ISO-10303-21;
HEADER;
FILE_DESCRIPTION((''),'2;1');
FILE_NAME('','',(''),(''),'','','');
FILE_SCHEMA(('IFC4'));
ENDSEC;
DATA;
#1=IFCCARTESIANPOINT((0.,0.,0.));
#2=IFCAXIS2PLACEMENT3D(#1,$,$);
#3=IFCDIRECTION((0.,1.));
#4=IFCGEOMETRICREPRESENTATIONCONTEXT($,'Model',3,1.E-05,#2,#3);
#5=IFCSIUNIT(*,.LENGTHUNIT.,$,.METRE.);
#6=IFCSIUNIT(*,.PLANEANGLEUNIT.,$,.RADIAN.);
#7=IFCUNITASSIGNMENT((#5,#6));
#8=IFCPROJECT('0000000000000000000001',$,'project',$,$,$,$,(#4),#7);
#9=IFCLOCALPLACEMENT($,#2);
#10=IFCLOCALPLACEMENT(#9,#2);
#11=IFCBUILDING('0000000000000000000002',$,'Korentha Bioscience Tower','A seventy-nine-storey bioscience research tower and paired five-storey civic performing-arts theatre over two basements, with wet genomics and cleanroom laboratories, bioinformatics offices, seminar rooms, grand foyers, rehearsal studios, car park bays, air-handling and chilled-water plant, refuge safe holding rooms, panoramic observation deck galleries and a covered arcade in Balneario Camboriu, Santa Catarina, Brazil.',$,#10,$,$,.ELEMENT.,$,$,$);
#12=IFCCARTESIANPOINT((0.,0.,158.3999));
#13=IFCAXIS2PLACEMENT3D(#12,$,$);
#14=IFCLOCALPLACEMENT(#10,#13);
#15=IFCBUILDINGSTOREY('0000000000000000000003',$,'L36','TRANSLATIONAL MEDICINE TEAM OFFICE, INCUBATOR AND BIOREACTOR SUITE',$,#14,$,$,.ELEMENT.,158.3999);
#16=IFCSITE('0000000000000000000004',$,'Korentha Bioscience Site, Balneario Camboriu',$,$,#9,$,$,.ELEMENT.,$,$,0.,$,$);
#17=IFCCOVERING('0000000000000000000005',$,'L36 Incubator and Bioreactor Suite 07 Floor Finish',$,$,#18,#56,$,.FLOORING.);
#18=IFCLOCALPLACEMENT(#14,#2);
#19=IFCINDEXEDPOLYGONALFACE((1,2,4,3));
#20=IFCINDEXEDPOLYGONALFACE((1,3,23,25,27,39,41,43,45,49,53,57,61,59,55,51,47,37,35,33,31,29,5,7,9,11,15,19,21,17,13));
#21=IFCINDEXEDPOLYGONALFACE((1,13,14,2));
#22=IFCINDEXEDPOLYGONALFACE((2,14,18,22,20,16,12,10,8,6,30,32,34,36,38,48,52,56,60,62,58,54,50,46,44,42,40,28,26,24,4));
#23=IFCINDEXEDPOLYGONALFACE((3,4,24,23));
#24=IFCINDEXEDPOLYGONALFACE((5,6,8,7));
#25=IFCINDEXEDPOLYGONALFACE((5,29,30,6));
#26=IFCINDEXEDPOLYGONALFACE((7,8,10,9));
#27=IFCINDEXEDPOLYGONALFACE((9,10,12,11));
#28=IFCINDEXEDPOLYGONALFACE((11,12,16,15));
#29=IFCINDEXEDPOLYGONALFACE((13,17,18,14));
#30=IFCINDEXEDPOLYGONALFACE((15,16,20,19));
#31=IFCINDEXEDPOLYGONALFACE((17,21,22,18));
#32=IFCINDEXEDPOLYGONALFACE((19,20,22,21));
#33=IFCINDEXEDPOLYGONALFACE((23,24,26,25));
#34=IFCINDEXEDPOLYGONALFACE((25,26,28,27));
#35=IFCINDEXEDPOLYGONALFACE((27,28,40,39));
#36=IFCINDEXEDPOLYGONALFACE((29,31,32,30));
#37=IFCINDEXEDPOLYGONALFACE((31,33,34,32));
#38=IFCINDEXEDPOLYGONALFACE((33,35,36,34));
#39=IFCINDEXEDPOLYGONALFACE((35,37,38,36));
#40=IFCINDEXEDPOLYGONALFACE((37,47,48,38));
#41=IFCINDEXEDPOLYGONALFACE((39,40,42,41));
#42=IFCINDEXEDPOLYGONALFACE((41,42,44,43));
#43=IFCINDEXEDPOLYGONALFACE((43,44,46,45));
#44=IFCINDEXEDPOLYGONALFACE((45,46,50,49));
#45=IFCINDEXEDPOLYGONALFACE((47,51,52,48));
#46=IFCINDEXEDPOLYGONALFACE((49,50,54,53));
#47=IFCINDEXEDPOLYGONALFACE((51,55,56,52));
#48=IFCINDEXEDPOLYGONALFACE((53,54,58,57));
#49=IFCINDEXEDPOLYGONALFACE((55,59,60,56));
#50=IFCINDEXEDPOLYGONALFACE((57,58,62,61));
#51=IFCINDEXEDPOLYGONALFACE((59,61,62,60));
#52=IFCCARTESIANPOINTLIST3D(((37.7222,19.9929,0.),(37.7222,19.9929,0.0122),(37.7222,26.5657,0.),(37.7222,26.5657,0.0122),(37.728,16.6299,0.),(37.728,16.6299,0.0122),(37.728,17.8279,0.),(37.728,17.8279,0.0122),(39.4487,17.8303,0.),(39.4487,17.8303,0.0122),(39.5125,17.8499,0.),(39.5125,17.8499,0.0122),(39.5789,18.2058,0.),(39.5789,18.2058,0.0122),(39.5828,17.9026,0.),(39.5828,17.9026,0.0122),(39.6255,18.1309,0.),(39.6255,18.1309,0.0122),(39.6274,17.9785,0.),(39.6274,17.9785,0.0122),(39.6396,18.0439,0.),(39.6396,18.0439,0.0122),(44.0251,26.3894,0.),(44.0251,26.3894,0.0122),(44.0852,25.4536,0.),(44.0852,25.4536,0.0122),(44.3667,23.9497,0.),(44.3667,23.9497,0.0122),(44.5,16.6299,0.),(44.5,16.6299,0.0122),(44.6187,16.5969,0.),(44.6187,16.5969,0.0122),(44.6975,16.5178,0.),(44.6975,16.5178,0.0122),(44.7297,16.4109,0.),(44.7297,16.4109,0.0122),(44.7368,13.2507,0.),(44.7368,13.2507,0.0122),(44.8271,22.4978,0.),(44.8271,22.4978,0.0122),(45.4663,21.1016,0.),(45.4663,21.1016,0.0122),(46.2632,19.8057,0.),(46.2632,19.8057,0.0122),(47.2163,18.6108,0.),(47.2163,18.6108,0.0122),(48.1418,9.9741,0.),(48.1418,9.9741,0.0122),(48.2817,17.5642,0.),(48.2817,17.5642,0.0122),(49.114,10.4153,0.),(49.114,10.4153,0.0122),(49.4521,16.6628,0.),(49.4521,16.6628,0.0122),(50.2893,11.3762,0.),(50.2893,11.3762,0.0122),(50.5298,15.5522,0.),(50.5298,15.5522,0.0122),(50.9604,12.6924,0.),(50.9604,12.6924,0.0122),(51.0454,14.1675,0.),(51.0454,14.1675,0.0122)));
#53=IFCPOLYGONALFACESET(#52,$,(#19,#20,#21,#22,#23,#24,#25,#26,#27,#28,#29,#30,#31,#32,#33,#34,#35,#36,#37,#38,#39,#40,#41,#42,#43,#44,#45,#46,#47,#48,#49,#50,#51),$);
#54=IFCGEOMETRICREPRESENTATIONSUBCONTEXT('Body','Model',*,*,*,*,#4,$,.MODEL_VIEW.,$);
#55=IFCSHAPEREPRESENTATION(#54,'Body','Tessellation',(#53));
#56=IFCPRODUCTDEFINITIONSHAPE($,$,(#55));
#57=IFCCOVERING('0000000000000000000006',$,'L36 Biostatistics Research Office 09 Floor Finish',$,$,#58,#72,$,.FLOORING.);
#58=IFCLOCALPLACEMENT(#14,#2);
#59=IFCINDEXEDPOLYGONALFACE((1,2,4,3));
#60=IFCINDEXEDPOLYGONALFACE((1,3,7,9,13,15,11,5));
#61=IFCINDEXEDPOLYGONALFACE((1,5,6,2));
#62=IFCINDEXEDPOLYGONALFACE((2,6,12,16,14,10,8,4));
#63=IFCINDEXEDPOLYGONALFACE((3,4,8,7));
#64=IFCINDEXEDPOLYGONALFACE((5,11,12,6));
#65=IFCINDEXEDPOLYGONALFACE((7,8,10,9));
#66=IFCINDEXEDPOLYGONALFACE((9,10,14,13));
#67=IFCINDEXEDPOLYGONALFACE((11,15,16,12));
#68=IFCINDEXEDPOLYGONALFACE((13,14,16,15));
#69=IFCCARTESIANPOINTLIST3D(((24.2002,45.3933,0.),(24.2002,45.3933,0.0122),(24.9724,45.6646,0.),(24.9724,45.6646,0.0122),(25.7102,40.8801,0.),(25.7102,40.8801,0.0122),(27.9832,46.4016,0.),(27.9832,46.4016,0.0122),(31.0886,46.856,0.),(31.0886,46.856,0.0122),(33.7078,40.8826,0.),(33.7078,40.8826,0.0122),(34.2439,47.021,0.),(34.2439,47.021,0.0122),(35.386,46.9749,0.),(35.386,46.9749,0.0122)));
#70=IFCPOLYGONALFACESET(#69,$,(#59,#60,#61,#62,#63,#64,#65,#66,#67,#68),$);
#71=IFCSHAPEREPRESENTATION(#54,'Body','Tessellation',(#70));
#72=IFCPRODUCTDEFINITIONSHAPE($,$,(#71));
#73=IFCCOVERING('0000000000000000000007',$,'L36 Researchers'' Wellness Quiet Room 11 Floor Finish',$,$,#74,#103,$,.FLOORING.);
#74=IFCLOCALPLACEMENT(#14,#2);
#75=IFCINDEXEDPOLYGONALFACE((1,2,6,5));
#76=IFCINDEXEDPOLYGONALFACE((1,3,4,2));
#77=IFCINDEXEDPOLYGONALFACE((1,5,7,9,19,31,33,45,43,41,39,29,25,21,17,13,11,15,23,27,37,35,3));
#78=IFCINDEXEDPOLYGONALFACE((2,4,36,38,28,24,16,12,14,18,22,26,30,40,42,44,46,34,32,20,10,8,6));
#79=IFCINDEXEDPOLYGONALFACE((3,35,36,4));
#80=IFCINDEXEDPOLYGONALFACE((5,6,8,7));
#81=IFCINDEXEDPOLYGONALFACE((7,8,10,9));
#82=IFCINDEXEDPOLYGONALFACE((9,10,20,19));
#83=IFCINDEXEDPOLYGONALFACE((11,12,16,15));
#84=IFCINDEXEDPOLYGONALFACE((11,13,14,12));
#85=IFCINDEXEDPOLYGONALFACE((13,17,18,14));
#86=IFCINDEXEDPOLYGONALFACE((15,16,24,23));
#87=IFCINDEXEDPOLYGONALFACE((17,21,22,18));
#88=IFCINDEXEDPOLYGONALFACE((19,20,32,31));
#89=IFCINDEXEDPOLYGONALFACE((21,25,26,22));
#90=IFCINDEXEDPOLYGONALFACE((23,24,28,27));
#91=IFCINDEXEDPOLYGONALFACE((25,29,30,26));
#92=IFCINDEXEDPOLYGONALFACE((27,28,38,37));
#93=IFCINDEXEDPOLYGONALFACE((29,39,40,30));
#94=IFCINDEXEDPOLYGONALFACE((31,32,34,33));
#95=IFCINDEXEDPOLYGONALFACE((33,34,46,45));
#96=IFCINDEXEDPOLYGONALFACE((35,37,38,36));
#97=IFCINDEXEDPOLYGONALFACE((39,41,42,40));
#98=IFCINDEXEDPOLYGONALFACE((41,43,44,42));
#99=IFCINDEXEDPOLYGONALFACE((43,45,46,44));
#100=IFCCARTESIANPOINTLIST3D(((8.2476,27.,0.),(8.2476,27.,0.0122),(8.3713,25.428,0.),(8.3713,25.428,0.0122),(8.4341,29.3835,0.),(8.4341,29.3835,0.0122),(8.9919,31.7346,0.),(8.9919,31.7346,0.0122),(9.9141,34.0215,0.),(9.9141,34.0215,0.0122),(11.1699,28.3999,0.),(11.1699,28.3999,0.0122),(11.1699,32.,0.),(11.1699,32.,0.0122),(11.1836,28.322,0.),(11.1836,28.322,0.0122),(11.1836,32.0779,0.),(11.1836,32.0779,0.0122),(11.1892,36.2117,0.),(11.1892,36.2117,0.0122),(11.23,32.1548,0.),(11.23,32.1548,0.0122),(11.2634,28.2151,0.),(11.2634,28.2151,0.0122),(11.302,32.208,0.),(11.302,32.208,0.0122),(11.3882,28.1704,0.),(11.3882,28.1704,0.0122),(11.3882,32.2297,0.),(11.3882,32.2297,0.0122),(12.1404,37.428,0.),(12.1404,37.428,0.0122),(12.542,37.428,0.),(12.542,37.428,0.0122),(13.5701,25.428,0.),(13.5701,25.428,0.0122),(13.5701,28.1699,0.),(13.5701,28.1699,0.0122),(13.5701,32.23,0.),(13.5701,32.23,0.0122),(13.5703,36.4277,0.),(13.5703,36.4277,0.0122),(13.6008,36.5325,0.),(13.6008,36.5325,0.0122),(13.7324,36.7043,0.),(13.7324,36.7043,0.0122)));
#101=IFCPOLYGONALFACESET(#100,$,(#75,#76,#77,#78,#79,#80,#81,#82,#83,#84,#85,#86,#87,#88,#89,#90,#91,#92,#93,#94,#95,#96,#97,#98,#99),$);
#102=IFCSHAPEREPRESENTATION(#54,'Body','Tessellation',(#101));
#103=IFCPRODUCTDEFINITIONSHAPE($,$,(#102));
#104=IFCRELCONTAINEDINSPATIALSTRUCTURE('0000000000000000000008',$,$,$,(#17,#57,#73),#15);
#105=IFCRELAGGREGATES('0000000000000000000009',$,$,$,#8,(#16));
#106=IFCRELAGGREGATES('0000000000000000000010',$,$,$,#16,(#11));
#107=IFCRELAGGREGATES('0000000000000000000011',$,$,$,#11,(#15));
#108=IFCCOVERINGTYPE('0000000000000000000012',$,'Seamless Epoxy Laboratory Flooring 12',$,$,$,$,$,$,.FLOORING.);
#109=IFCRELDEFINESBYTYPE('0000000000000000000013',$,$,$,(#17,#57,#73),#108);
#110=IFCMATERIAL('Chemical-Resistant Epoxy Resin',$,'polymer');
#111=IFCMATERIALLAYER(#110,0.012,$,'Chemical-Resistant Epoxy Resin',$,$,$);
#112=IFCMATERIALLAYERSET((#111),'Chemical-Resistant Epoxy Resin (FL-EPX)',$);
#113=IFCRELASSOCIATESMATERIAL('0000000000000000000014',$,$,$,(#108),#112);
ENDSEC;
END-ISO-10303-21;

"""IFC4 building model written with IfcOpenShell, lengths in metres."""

from ifc_helpers import new_model, si_unit, direction, frame, origin, place, context, subcontext, project, spatial, polyline, outline, extrude, material, layer, layer_set, type_object, element, save


model = new_model("IFC4")

# Units and contexts
model_context = context("Model", 3, precision=1e-05, world=origin(), true_north=direction((0.0, 1.0)))
body_context = subcontext(model_context, "Body", "Model", "MODEL_VIEW")
ifc_project = project(units=[si_unit("LENGTHUNIT", "METRE"), si_unit("PLANEANGLEUNIT", "RADIAN")], contexts=[model_context])

# Site, building, storey
site_placement = place(None, origin())
site = spatial("IfcSite", under=ifc_project, at=site_placement, Name="Korentha Bioscience Site, Balneario Camboriu", CompositionType="ELEMENT", RefElevation=0.0)
building_placement = place(site_placement, origin())
building = spatial("IfcBuilding", under=site, at=building_placement, Name="Korentha Bioscience Tower", Description="A seventy-nine-storey bioscience research tower and paired five-storey civic performing-arts theatre over two basements, with wet genomics and cleanroom laboratories, bioinformatics offices, seminar rooms, grand foyers, rehearsal studios, car park bays, air-handling and chilled-water plant, refuge safe holding rooms, panoramic observation deck galleries and a covered arcade in Balneario Camboriu, Santa Catarina, Brazil.", CompositionType="ELEMENT")
storey_placement = place(building_placement, frame((0.0, 0.0, 158.3999)))
storey = spatial("IfcBuildingStorey", under=building, at=storey_placement, Name="L36", Description="TRANSLATIONAL MEDICINE TEAM OFFICE, INCUBATOR AND BIOREACTOR SUITE", CompositionType="ELEMENT", Elevation=158.3999)

# Coverings
ifc_material_1 = material(Name="Chemical-Resistant Epoxy Resin", Category="polymer")
ifc_layer_1 = layer(ifc_material_1, 0.012, Name="Chemical-Resistant Epoxy Resin")
ifc_layer_set_1 = layer_set([ifc_layer_1], Name="Chemical-Resistant Epoxy Resin (FL-EPX)")
covering_type_1 = type_object("IfcCoveringType", Name="Seamless Epoxy Laboratory Flooring 12", PredefinedType="FLOORING", material=ifc_layer_set_1)
covering_1_placement = place(storey_placement, origin())
element("IfcCovering", 1, at=covering_1_placement, inside=storey, type_object=covering_type_1, Name="L36 Incubator and Bioreactor Suite 07 Floor Finish", PredefinedType="FLOORING", context=body_context, shape_type="SweptSolid", body=[
    extrude(outline(polyline([(44.0251, 26.3894), (44.0852, 25.4536), (44.3667, 23.9497), (44.8271, 22.4978), (45.4663, 21.1016), (46.2632, 19.8057), (47.2163, 18.6108), (48.2817, 17.5642), (49.4521, 16.6628), (50.5298, 15.5522), (51.0454, 14.1675), (50.9604, 12.6924), (50.2893, 11.3762), (49.114, 10.4153), (48.1418, 9.9741), (44.7368, 13.2507), (44.7297, 16.4109), (44.6975, 16.5178), (44.6187, 16.5969), (44.5, 16.6299), (37.728, 16.6299), (37.728, 17.8279), (39.4487, 17.8303), (39.5125, 17.8499), (39.5828, 17.9026), (39.6274, 17.9785), (39.6396, 18.0439), (39.6255, 18.1309), (39.5789, 18.2058), (37.7222, 19.9929), (37.7222, 26.5657), (44.0251, 26.3894)])), origin(), (0.0, 0.0, 1.0), 0.0122),
])
covering_2_placement = place(storey_placement, origin())
element("IfcCovering", 2, at=covering_2_placement, inside=storey, type_object=covering_type_1, Name="L36 Biostatistics Research Office 09 Floor Finish", PredefinedType="FLOORING", context=body_context, shape_type="SweptSolid", body=[
    extrude(outline(polyline([(31.0886, 46.856), (34.2439, 47.021), (35.386, 46.9749), (33.7078, 40.8826), (25.7102, 40.8801), (24.2002, 45.3933), (24.9724, 45.6646), (27.9832, 46.4016), (31.0886, 46.856)])), origin(), (0.0, 0.0, 1.0), 0.0122),
])
covering_3_placement = place(storey_placement, origin())
element("IfcCovering", 3, at=covering_3_placement, inside=storey, type_object=covering_type_1, Name="L36 Researchers' Wellness Quiet Room 11 Floor Finish", PredefinedType="FLOORING", context=body_context, shape_type="SweptSolid", body=[
    extrude(outline(polyline([(8.9919, 31.7346), (9.9141, 34.0215), (11.1892, 36.2117), (12.1404, 37.428), (12.542, 37.428), (13.7324, 36.7043), (13.6008, 36.5325), (13.5703, 36.4277), (13.5701, 32.23), (11.3882, 32.2297), (11.302, 32.208), (11.23, 32.1548), (11.1836, 32.0779), (11.1699, 32.0), (11.1699, 28.3999), (11.1836, 28.322), (11.2634, 28.2151), (11.3882, 28.1704), (13.5701, 28.1699), (13.5701, 25.428), (8.3713, 25.428), (8.2476, 27.0), (8.4341, 29.3835), (8.9919, 31.7346)])), origin(), (0.0, 0.0, 1.0), 0.0122),
])

save(model, "model.ifc")
